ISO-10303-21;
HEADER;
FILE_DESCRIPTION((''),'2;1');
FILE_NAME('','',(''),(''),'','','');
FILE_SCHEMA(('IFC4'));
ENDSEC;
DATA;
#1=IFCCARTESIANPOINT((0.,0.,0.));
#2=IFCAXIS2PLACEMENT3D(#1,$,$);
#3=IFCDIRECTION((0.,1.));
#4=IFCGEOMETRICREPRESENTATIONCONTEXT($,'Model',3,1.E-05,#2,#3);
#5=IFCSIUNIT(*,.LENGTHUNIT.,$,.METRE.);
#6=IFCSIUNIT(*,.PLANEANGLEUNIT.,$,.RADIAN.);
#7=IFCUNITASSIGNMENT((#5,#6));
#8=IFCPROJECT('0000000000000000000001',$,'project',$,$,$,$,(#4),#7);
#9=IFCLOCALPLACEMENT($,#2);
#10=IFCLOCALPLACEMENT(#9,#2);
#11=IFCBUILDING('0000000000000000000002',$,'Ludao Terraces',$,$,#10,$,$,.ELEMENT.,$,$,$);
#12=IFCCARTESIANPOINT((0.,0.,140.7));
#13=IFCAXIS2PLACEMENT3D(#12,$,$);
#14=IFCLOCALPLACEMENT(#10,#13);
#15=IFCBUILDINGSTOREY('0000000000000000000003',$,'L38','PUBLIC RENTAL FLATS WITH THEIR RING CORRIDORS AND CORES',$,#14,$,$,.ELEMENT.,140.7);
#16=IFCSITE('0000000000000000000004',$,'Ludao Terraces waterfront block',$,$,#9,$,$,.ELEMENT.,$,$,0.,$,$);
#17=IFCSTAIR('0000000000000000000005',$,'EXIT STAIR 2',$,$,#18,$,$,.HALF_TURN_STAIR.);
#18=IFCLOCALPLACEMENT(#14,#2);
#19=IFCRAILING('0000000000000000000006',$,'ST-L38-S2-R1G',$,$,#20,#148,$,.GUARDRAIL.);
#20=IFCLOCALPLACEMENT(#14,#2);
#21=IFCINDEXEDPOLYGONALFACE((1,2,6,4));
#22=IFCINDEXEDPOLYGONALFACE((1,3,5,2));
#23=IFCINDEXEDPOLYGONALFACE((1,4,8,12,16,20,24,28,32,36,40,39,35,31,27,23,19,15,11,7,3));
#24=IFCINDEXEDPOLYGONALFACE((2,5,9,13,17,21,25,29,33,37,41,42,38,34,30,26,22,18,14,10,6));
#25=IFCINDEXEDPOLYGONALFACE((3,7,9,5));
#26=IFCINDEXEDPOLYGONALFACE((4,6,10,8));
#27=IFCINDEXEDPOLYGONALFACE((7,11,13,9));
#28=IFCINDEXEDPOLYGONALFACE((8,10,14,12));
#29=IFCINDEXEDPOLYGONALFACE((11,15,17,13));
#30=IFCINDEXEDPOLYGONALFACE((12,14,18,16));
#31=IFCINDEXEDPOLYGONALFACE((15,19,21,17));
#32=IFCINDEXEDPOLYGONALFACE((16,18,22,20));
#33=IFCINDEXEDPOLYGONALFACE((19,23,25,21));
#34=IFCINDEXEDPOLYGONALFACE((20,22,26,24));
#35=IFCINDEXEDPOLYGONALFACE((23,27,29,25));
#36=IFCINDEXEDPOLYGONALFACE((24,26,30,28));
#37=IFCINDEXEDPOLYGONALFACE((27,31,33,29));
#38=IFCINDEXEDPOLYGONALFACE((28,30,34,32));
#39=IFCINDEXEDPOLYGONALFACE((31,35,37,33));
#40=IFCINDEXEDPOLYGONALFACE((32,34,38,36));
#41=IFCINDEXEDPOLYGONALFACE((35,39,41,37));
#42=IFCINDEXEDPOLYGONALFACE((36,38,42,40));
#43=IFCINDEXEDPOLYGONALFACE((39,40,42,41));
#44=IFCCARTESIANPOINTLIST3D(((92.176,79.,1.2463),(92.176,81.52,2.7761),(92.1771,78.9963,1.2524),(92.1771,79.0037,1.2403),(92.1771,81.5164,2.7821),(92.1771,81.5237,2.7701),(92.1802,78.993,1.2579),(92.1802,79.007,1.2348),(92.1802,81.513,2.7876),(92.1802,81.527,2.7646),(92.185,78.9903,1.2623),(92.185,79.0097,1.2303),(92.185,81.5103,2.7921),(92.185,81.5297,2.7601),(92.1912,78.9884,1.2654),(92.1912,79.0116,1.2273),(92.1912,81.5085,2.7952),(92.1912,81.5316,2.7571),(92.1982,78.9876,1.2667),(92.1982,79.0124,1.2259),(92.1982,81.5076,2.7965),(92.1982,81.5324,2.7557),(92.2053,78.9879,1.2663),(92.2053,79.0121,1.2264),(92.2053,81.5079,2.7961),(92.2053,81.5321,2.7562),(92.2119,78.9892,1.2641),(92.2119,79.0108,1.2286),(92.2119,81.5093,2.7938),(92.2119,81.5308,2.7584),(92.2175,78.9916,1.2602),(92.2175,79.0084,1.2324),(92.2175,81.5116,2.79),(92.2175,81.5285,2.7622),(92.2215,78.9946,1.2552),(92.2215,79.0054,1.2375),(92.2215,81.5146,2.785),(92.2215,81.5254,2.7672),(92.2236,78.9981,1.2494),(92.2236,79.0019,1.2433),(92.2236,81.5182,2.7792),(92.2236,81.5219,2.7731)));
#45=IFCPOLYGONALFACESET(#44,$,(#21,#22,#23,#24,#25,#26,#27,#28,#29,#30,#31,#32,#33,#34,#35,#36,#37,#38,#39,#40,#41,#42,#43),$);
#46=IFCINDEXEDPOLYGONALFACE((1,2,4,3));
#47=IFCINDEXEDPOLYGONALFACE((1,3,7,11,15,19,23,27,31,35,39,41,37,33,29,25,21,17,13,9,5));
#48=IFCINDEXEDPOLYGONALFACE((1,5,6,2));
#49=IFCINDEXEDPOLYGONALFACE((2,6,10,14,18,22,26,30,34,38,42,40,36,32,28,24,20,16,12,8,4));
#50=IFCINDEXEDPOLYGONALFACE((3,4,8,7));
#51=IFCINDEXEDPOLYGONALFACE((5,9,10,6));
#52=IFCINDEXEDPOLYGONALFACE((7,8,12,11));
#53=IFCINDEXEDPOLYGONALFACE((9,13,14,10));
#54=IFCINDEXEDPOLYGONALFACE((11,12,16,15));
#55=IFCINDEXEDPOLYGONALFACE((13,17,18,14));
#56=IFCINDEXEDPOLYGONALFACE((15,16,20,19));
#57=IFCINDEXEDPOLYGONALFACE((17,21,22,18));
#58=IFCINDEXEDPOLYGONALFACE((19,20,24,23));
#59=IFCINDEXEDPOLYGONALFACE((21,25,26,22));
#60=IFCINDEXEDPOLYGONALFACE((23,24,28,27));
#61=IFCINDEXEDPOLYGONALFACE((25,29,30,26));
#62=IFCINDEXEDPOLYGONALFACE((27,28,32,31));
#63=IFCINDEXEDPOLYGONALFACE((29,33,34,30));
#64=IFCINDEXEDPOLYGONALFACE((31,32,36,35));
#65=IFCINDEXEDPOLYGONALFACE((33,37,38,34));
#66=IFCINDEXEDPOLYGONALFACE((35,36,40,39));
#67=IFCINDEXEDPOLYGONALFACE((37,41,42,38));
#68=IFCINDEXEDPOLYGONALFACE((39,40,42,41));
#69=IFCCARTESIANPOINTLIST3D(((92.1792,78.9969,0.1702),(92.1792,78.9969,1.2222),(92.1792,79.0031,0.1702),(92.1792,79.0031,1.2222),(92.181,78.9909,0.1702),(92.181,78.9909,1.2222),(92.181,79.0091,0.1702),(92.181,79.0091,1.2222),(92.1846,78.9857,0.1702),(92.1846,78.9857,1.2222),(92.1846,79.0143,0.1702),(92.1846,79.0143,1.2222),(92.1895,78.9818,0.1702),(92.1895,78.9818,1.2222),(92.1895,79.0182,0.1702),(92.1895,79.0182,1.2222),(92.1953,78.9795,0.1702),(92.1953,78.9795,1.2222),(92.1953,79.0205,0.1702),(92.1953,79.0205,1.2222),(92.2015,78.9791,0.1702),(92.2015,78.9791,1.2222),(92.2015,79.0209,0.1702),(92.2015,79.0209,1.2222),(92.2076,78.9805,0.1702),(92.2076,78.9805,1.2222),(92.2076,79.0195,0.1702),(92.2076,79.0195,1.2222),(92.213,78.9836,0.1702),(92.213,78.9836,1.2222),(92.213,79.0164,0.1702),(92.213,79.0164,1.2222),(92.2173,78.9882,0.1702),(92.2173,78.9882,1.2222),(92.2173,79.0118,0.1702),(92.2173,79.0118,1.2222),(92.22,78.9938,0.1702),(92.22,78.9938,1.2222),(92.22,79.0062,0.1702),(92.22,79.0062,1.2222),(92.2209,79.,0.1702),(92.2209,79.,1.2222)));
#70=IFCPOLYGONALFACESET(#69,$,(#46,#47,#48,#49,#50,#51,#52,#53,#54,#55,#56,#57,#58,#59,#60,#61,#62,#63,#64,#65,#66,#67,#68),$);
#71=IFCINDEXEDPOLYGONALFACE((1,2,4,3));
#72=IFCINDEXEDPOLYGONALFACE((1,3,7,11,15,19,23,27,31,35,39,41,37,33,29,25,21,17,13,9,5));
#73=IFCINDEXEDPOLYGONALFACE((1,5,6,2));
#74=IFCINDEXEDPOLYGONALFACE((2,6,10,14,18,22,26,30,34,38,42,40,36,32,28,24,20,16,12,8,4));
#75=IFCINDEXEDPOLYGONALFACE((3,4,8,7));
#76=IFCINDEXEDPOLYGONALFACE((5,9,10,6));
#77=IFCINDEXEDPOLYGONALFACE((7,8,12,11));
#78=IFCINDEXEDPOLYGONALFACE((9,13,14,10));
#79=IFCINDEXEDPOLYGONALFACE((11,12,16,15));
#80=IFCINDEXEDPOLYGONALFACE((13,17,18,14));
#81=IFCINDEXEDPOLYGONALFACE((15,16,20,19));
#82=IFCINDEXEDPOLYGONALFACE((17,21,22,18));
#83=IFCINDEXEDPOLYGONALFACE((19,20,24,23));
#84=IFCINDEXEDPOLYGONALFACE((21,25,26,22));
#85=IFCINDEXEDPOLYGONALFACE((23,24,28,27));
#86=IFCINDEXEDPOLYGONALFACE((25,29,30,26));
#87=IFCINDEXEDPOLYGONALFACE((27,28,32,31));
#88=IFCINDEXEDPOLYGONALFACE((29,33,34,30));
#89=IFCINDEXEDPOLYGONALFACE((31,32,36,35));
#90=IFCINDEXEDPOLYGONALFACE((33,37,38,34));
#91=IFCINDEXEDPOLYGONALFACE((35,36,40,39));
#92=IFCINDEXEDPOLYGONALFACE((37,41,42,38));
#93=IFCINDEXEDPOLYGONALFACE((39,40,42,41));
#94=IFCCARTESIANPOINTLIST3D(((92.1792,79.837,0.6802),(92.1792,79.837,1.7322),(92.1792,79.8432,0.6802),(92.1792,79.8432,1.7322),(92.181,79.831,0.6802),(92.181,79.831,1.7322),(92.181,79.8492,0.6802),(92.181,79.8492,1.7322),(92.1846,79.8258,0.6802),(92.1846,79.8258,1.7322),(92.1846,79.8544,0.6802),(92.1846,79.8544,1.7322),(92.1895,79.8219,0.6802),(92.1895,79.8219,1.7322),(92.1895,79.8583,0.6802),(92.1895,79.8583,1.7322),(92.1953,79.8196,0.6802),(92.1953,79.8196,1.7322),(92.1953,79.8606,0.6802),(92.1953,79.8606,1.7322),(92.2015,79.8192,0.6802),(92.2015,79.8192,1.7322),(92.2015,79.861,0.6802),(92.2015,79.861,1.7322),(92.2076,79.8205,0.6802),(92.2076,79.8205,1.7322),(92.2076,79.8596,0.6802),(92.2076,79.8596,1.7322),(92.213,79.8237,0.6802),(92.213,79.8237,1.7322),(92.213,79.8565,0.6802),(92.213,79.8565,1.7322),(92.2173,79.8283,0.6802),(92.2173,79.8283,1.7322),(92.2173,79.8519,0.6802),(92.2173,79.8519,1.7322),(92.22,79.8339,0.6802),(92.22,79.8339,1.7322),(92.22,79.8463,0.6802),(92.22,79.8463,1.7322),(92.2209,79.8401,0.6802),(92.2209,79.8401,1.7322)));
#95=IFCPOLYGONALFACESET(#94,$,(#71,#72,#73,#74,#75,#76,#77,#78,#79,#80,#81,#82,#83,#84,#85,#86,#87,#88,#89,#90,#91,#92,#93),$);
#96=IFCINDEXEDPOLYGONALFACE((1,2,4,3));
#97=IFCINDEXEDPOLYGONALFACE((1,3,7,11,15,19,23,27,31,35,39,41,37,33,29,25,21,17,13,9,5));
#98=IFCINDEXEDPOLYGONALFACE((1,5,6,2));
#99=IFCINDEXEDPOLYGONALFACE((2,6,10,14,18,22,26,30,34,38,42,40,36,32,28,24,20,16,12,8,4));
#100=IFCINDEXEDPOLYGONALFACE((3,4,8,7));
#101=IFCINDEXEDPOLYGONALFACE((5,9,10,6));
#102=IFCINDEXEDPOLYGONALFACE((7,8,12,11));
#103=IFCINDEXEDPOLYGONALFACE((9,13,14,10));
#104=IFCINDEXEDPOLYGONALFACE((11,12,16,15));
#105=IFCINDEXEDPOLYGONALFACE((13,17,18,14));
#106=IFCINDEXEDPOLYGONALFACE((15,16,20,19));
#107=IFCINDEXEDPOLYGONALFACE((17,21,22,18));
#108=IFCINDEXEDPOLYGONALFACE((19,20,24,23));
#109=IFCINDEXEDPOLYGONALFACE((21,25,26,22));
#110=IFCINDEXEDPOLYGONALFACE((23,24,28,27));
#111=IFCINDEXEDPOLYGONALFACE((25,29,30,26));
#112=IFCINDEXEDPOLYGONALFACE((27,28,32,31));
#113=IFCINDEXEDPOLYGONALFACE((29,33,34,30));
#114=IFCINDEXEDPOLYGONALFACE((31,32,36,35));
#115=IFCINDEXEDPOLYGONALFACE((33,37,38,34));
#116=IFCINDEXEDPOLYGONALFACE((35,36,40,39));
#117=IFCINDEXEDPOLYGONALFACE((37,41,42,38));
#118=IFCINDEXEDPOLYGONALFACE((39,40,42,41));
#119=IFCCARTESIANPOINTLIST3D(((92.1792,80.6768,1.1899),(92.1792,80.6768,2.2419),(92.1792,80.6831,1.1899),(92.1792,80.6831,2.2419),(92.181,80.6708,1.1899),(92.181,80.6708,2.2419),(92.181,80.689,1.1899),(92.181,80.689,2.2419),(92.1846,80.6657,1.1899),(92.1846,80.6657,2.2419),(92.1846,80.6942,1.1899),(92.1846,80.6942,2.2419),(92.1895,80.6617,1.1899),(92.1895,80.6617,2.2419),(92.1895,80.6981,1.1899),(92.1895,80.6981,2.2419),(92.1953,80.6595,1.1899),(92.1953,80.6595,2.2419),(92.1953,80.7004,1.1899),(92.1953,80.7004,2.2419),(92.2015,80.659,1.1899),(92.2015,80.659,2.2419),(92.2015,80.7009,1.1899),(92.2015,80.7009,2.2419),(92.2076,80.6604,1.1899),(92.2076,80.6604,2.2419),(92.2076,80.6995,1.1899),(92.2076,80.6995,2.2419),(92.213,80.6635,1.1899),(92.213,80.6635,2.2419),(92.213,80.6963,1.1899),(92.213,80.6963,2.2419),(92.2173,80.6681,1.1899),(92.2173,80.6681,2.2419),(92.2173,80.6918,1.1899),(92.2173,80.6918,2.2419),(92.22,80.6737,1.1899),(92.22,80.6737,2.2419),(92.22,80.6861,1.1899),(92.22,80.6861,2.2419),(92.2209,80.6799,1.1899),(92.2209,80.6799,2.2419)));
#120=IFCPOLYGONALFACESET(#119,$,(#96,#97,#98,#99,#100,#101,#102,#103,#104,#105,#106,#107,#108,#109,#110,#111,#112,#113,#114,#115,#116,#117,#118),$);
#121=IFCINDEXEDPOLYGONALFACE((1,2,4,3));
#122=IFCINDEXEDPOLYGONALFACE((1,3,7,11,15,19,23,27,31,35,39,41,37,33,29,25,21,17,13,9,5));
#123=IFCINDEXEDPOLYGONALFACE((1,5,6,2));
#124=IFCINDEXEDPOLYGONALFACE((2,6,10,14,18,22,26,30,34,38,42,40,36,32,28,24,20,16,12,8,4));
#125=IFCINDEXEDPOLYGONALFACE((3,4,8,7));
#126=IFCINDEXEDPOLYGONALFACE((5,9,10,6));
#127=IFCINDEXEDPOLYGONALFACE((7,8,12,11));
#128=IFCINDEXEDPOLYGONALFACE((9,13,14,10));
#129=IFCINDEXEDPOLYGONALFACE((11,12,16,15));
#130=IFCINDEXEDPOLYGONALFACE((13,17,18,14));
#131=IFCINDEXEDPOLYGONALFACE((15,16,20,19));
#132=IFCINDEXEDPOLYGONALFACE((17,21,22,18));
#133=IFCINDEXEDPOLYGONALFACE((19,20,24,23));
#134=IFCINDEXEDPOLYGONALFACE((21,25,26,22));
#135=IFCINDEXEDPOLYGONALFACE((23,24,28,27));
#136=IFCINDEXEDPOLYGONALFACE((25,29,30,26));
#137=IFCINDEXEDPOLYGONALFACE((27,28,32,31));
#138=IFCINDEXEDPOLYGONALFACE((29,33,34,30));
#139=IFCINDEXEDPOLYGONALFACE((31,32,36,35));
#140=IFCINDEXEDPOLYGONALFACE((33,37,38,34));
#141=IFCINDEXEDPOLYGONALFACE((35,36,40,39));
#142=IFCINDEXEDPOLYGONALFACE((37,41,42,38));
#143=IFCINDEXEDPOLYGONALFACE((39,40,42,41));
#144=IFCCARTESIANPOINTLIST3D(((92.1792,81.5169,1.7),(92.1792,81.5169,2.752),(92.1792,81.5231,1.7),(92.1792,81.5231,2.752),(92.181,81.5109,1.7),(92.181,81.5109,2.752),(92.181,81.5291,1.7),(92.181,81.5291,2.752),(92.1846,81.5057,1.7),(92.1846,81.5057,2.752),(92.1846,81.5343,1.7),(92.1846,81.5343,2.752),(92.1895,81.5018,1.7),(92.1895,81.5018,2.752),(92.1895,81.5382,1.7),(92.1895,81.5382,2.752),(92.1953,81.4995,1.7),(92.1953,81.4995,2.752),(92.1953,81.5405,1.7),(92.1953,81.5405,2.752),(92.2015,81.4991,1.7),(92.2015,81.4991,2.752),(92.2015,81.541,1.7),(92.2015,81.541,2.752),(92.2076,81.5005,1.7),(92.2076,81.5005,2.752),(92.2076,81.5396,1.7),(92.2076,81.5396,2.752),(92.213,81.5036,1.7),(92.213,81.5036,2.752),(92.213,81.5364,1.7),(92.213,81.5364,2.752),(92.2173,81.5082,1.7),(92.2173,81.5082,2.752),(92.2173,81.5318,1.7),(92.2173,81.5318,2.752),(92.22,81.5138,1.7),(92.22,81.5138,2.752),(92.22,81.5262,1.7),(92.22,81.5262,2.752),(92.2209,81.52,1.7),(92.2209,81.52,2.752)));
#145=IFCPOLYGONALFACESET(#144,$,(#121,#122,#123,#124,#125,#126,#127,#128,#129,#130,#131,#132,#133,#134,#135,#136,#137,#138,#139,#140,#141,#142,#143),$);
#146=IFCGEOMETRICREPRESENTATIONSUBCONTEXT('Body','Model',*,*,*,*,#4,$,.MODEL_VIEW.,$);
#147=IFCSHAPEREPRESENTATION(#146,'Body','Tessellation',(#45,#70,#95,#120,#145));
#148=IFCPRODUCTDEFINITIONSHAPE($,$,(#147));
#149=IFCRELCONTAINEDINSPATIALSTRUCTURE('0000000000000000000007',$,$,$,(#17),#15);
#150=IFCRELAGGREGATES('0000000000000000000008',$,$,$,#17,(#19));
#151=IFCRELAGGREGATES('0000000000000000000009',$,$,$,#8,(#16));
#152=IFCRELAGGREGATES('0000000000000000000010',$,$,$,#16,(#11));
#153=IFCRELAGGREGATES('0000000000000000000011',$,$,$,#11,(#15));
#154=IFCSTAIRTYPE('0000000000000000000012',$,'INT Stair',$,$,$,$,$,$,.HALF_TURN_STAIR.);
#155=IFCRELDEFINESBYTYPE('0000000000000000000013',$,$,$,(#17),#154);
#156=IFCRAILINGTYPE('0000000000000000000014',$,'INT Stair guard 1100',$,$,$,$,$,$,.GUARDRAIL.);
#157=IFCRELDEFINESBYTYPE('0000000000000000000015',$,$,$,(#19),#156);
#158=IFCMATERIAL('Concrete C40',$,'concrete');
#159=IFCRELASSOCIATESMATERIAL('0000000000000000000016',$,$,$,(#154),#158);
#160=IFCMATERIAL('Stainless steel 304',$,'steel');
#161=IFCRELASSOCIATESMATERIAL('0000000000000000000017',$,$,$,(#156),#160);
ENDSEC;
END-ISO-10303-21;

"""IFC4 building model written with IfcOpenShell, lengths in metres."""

from ifc_helpers import new_model, si_unit, direction, frame, origin, origin_2d, place, context, subcontext, project, spatial, circle, extrude, material, type_object, element, aggregate, save


model = new_model("IFC4")

# Units and contexts
model_context = context("Model", 3, precision=1e-05, world=origin(), true_north=direction((0.0, 1.0)))
body_context = subcontext(model_context, "Body", "Model", "MODEL_VIEW")
ifc_project = project(units=[si_unit("LENGTHUNIT", "METRE"), si_unit("PLANEANGLEUNIT", "RADIAN")], contexts=[model_context])

# Site, building, storey
site_placement = place(None, origin())
site = spatial("IfcSite", under=ifc_project, at=site_placement, Name="Ludao Terraces waterfront block", CompositionType="ELEMENT", RefElevation=0.0)
building_placement = place(site_placement, origin())
building = spatial("IfcBuilding", under=site, at=building_placement, Name="Ludao Terraces", CompositionType="ELEMENT")
storey_placement = place(building_placement, frame((0.0, 0.0, 140.7)))
storey = spatial("IfcBuildingStorey", under=building, at=storey_placement, Name="L38", Description="PUBLIC RENTAL FLATS WITH THEIR RING CORRIDORS AND CORES", CompositionType="ELEMENT", Elevation=140.7)

# Shared definitions
ifc_material_1 = material(Name="Stainless steel 304", Category="steel")

# Stair, railing
ifc_material_2 = material(Name="Concrete C40", Category="concrete")
stair_type = type_object("IfcStairType", Name="INT Stair", PredefinedType="HALF_TURN_STAIR", material=ifc_material_2)
stair_placement = place(storey_placement, origin())
stair = element("IfcStair", 1, at=stair_placement, inside=storey, type_object=stair_type, Name="EXIT STAIR 2", PredefinedType="HALF_TURN_STAIR")
railing_type_1 = type_object("IfcRailingType", Name="INT Stair guard 1100", PredefinedType="GUARDRAIL", material=ifc_material_1)
railing_1_placement = place(storey_placement, frame((92.2, 79.0, 0.1702)))
railing_1 = element("IfcRailing", 2, at=railing_1_placement, type_object=railing_type_1, Name="ST-L38-S2-R1G", PredefinedType="GUARDRAIL", context=body_context, shape_type="SweptSolid", body=[
    extrude(circle(Radius=0.0239, at=origin_2d()), frame((0.0, 0.0, 1.0762), z_axis=(0.0, 0.854822, 0.518922), x_axis=(-1.0, 0.0, 0.0)), (0.0, 0.0, 1.0), 2.948),
    extrude(circle(Radius=0.021, at=origin_2d()), origin(), (0.0, 0.0, 1.0), 1.052),
    extrude(circle(Radius=0.021, at=origin_2d()), frame((0.0, 0.8401, 0.51)), (0.0, 0.0, 1.0), 1.052),
    extrude(circle(Radius=0.021, at=origin_2d()), frame((0.0, 1.6799, 1.0198)), (0.0, 0.0, 1.0), 1.052),
    extrude(circle(Radius=0.021, at=origin_2d()), frame((0.0, 2.52, 1.5298)), (0.0, 0.0, 1.0), 1.052),
])
aggregate(stair, [railing_1])

save(model, "model.ifc")
